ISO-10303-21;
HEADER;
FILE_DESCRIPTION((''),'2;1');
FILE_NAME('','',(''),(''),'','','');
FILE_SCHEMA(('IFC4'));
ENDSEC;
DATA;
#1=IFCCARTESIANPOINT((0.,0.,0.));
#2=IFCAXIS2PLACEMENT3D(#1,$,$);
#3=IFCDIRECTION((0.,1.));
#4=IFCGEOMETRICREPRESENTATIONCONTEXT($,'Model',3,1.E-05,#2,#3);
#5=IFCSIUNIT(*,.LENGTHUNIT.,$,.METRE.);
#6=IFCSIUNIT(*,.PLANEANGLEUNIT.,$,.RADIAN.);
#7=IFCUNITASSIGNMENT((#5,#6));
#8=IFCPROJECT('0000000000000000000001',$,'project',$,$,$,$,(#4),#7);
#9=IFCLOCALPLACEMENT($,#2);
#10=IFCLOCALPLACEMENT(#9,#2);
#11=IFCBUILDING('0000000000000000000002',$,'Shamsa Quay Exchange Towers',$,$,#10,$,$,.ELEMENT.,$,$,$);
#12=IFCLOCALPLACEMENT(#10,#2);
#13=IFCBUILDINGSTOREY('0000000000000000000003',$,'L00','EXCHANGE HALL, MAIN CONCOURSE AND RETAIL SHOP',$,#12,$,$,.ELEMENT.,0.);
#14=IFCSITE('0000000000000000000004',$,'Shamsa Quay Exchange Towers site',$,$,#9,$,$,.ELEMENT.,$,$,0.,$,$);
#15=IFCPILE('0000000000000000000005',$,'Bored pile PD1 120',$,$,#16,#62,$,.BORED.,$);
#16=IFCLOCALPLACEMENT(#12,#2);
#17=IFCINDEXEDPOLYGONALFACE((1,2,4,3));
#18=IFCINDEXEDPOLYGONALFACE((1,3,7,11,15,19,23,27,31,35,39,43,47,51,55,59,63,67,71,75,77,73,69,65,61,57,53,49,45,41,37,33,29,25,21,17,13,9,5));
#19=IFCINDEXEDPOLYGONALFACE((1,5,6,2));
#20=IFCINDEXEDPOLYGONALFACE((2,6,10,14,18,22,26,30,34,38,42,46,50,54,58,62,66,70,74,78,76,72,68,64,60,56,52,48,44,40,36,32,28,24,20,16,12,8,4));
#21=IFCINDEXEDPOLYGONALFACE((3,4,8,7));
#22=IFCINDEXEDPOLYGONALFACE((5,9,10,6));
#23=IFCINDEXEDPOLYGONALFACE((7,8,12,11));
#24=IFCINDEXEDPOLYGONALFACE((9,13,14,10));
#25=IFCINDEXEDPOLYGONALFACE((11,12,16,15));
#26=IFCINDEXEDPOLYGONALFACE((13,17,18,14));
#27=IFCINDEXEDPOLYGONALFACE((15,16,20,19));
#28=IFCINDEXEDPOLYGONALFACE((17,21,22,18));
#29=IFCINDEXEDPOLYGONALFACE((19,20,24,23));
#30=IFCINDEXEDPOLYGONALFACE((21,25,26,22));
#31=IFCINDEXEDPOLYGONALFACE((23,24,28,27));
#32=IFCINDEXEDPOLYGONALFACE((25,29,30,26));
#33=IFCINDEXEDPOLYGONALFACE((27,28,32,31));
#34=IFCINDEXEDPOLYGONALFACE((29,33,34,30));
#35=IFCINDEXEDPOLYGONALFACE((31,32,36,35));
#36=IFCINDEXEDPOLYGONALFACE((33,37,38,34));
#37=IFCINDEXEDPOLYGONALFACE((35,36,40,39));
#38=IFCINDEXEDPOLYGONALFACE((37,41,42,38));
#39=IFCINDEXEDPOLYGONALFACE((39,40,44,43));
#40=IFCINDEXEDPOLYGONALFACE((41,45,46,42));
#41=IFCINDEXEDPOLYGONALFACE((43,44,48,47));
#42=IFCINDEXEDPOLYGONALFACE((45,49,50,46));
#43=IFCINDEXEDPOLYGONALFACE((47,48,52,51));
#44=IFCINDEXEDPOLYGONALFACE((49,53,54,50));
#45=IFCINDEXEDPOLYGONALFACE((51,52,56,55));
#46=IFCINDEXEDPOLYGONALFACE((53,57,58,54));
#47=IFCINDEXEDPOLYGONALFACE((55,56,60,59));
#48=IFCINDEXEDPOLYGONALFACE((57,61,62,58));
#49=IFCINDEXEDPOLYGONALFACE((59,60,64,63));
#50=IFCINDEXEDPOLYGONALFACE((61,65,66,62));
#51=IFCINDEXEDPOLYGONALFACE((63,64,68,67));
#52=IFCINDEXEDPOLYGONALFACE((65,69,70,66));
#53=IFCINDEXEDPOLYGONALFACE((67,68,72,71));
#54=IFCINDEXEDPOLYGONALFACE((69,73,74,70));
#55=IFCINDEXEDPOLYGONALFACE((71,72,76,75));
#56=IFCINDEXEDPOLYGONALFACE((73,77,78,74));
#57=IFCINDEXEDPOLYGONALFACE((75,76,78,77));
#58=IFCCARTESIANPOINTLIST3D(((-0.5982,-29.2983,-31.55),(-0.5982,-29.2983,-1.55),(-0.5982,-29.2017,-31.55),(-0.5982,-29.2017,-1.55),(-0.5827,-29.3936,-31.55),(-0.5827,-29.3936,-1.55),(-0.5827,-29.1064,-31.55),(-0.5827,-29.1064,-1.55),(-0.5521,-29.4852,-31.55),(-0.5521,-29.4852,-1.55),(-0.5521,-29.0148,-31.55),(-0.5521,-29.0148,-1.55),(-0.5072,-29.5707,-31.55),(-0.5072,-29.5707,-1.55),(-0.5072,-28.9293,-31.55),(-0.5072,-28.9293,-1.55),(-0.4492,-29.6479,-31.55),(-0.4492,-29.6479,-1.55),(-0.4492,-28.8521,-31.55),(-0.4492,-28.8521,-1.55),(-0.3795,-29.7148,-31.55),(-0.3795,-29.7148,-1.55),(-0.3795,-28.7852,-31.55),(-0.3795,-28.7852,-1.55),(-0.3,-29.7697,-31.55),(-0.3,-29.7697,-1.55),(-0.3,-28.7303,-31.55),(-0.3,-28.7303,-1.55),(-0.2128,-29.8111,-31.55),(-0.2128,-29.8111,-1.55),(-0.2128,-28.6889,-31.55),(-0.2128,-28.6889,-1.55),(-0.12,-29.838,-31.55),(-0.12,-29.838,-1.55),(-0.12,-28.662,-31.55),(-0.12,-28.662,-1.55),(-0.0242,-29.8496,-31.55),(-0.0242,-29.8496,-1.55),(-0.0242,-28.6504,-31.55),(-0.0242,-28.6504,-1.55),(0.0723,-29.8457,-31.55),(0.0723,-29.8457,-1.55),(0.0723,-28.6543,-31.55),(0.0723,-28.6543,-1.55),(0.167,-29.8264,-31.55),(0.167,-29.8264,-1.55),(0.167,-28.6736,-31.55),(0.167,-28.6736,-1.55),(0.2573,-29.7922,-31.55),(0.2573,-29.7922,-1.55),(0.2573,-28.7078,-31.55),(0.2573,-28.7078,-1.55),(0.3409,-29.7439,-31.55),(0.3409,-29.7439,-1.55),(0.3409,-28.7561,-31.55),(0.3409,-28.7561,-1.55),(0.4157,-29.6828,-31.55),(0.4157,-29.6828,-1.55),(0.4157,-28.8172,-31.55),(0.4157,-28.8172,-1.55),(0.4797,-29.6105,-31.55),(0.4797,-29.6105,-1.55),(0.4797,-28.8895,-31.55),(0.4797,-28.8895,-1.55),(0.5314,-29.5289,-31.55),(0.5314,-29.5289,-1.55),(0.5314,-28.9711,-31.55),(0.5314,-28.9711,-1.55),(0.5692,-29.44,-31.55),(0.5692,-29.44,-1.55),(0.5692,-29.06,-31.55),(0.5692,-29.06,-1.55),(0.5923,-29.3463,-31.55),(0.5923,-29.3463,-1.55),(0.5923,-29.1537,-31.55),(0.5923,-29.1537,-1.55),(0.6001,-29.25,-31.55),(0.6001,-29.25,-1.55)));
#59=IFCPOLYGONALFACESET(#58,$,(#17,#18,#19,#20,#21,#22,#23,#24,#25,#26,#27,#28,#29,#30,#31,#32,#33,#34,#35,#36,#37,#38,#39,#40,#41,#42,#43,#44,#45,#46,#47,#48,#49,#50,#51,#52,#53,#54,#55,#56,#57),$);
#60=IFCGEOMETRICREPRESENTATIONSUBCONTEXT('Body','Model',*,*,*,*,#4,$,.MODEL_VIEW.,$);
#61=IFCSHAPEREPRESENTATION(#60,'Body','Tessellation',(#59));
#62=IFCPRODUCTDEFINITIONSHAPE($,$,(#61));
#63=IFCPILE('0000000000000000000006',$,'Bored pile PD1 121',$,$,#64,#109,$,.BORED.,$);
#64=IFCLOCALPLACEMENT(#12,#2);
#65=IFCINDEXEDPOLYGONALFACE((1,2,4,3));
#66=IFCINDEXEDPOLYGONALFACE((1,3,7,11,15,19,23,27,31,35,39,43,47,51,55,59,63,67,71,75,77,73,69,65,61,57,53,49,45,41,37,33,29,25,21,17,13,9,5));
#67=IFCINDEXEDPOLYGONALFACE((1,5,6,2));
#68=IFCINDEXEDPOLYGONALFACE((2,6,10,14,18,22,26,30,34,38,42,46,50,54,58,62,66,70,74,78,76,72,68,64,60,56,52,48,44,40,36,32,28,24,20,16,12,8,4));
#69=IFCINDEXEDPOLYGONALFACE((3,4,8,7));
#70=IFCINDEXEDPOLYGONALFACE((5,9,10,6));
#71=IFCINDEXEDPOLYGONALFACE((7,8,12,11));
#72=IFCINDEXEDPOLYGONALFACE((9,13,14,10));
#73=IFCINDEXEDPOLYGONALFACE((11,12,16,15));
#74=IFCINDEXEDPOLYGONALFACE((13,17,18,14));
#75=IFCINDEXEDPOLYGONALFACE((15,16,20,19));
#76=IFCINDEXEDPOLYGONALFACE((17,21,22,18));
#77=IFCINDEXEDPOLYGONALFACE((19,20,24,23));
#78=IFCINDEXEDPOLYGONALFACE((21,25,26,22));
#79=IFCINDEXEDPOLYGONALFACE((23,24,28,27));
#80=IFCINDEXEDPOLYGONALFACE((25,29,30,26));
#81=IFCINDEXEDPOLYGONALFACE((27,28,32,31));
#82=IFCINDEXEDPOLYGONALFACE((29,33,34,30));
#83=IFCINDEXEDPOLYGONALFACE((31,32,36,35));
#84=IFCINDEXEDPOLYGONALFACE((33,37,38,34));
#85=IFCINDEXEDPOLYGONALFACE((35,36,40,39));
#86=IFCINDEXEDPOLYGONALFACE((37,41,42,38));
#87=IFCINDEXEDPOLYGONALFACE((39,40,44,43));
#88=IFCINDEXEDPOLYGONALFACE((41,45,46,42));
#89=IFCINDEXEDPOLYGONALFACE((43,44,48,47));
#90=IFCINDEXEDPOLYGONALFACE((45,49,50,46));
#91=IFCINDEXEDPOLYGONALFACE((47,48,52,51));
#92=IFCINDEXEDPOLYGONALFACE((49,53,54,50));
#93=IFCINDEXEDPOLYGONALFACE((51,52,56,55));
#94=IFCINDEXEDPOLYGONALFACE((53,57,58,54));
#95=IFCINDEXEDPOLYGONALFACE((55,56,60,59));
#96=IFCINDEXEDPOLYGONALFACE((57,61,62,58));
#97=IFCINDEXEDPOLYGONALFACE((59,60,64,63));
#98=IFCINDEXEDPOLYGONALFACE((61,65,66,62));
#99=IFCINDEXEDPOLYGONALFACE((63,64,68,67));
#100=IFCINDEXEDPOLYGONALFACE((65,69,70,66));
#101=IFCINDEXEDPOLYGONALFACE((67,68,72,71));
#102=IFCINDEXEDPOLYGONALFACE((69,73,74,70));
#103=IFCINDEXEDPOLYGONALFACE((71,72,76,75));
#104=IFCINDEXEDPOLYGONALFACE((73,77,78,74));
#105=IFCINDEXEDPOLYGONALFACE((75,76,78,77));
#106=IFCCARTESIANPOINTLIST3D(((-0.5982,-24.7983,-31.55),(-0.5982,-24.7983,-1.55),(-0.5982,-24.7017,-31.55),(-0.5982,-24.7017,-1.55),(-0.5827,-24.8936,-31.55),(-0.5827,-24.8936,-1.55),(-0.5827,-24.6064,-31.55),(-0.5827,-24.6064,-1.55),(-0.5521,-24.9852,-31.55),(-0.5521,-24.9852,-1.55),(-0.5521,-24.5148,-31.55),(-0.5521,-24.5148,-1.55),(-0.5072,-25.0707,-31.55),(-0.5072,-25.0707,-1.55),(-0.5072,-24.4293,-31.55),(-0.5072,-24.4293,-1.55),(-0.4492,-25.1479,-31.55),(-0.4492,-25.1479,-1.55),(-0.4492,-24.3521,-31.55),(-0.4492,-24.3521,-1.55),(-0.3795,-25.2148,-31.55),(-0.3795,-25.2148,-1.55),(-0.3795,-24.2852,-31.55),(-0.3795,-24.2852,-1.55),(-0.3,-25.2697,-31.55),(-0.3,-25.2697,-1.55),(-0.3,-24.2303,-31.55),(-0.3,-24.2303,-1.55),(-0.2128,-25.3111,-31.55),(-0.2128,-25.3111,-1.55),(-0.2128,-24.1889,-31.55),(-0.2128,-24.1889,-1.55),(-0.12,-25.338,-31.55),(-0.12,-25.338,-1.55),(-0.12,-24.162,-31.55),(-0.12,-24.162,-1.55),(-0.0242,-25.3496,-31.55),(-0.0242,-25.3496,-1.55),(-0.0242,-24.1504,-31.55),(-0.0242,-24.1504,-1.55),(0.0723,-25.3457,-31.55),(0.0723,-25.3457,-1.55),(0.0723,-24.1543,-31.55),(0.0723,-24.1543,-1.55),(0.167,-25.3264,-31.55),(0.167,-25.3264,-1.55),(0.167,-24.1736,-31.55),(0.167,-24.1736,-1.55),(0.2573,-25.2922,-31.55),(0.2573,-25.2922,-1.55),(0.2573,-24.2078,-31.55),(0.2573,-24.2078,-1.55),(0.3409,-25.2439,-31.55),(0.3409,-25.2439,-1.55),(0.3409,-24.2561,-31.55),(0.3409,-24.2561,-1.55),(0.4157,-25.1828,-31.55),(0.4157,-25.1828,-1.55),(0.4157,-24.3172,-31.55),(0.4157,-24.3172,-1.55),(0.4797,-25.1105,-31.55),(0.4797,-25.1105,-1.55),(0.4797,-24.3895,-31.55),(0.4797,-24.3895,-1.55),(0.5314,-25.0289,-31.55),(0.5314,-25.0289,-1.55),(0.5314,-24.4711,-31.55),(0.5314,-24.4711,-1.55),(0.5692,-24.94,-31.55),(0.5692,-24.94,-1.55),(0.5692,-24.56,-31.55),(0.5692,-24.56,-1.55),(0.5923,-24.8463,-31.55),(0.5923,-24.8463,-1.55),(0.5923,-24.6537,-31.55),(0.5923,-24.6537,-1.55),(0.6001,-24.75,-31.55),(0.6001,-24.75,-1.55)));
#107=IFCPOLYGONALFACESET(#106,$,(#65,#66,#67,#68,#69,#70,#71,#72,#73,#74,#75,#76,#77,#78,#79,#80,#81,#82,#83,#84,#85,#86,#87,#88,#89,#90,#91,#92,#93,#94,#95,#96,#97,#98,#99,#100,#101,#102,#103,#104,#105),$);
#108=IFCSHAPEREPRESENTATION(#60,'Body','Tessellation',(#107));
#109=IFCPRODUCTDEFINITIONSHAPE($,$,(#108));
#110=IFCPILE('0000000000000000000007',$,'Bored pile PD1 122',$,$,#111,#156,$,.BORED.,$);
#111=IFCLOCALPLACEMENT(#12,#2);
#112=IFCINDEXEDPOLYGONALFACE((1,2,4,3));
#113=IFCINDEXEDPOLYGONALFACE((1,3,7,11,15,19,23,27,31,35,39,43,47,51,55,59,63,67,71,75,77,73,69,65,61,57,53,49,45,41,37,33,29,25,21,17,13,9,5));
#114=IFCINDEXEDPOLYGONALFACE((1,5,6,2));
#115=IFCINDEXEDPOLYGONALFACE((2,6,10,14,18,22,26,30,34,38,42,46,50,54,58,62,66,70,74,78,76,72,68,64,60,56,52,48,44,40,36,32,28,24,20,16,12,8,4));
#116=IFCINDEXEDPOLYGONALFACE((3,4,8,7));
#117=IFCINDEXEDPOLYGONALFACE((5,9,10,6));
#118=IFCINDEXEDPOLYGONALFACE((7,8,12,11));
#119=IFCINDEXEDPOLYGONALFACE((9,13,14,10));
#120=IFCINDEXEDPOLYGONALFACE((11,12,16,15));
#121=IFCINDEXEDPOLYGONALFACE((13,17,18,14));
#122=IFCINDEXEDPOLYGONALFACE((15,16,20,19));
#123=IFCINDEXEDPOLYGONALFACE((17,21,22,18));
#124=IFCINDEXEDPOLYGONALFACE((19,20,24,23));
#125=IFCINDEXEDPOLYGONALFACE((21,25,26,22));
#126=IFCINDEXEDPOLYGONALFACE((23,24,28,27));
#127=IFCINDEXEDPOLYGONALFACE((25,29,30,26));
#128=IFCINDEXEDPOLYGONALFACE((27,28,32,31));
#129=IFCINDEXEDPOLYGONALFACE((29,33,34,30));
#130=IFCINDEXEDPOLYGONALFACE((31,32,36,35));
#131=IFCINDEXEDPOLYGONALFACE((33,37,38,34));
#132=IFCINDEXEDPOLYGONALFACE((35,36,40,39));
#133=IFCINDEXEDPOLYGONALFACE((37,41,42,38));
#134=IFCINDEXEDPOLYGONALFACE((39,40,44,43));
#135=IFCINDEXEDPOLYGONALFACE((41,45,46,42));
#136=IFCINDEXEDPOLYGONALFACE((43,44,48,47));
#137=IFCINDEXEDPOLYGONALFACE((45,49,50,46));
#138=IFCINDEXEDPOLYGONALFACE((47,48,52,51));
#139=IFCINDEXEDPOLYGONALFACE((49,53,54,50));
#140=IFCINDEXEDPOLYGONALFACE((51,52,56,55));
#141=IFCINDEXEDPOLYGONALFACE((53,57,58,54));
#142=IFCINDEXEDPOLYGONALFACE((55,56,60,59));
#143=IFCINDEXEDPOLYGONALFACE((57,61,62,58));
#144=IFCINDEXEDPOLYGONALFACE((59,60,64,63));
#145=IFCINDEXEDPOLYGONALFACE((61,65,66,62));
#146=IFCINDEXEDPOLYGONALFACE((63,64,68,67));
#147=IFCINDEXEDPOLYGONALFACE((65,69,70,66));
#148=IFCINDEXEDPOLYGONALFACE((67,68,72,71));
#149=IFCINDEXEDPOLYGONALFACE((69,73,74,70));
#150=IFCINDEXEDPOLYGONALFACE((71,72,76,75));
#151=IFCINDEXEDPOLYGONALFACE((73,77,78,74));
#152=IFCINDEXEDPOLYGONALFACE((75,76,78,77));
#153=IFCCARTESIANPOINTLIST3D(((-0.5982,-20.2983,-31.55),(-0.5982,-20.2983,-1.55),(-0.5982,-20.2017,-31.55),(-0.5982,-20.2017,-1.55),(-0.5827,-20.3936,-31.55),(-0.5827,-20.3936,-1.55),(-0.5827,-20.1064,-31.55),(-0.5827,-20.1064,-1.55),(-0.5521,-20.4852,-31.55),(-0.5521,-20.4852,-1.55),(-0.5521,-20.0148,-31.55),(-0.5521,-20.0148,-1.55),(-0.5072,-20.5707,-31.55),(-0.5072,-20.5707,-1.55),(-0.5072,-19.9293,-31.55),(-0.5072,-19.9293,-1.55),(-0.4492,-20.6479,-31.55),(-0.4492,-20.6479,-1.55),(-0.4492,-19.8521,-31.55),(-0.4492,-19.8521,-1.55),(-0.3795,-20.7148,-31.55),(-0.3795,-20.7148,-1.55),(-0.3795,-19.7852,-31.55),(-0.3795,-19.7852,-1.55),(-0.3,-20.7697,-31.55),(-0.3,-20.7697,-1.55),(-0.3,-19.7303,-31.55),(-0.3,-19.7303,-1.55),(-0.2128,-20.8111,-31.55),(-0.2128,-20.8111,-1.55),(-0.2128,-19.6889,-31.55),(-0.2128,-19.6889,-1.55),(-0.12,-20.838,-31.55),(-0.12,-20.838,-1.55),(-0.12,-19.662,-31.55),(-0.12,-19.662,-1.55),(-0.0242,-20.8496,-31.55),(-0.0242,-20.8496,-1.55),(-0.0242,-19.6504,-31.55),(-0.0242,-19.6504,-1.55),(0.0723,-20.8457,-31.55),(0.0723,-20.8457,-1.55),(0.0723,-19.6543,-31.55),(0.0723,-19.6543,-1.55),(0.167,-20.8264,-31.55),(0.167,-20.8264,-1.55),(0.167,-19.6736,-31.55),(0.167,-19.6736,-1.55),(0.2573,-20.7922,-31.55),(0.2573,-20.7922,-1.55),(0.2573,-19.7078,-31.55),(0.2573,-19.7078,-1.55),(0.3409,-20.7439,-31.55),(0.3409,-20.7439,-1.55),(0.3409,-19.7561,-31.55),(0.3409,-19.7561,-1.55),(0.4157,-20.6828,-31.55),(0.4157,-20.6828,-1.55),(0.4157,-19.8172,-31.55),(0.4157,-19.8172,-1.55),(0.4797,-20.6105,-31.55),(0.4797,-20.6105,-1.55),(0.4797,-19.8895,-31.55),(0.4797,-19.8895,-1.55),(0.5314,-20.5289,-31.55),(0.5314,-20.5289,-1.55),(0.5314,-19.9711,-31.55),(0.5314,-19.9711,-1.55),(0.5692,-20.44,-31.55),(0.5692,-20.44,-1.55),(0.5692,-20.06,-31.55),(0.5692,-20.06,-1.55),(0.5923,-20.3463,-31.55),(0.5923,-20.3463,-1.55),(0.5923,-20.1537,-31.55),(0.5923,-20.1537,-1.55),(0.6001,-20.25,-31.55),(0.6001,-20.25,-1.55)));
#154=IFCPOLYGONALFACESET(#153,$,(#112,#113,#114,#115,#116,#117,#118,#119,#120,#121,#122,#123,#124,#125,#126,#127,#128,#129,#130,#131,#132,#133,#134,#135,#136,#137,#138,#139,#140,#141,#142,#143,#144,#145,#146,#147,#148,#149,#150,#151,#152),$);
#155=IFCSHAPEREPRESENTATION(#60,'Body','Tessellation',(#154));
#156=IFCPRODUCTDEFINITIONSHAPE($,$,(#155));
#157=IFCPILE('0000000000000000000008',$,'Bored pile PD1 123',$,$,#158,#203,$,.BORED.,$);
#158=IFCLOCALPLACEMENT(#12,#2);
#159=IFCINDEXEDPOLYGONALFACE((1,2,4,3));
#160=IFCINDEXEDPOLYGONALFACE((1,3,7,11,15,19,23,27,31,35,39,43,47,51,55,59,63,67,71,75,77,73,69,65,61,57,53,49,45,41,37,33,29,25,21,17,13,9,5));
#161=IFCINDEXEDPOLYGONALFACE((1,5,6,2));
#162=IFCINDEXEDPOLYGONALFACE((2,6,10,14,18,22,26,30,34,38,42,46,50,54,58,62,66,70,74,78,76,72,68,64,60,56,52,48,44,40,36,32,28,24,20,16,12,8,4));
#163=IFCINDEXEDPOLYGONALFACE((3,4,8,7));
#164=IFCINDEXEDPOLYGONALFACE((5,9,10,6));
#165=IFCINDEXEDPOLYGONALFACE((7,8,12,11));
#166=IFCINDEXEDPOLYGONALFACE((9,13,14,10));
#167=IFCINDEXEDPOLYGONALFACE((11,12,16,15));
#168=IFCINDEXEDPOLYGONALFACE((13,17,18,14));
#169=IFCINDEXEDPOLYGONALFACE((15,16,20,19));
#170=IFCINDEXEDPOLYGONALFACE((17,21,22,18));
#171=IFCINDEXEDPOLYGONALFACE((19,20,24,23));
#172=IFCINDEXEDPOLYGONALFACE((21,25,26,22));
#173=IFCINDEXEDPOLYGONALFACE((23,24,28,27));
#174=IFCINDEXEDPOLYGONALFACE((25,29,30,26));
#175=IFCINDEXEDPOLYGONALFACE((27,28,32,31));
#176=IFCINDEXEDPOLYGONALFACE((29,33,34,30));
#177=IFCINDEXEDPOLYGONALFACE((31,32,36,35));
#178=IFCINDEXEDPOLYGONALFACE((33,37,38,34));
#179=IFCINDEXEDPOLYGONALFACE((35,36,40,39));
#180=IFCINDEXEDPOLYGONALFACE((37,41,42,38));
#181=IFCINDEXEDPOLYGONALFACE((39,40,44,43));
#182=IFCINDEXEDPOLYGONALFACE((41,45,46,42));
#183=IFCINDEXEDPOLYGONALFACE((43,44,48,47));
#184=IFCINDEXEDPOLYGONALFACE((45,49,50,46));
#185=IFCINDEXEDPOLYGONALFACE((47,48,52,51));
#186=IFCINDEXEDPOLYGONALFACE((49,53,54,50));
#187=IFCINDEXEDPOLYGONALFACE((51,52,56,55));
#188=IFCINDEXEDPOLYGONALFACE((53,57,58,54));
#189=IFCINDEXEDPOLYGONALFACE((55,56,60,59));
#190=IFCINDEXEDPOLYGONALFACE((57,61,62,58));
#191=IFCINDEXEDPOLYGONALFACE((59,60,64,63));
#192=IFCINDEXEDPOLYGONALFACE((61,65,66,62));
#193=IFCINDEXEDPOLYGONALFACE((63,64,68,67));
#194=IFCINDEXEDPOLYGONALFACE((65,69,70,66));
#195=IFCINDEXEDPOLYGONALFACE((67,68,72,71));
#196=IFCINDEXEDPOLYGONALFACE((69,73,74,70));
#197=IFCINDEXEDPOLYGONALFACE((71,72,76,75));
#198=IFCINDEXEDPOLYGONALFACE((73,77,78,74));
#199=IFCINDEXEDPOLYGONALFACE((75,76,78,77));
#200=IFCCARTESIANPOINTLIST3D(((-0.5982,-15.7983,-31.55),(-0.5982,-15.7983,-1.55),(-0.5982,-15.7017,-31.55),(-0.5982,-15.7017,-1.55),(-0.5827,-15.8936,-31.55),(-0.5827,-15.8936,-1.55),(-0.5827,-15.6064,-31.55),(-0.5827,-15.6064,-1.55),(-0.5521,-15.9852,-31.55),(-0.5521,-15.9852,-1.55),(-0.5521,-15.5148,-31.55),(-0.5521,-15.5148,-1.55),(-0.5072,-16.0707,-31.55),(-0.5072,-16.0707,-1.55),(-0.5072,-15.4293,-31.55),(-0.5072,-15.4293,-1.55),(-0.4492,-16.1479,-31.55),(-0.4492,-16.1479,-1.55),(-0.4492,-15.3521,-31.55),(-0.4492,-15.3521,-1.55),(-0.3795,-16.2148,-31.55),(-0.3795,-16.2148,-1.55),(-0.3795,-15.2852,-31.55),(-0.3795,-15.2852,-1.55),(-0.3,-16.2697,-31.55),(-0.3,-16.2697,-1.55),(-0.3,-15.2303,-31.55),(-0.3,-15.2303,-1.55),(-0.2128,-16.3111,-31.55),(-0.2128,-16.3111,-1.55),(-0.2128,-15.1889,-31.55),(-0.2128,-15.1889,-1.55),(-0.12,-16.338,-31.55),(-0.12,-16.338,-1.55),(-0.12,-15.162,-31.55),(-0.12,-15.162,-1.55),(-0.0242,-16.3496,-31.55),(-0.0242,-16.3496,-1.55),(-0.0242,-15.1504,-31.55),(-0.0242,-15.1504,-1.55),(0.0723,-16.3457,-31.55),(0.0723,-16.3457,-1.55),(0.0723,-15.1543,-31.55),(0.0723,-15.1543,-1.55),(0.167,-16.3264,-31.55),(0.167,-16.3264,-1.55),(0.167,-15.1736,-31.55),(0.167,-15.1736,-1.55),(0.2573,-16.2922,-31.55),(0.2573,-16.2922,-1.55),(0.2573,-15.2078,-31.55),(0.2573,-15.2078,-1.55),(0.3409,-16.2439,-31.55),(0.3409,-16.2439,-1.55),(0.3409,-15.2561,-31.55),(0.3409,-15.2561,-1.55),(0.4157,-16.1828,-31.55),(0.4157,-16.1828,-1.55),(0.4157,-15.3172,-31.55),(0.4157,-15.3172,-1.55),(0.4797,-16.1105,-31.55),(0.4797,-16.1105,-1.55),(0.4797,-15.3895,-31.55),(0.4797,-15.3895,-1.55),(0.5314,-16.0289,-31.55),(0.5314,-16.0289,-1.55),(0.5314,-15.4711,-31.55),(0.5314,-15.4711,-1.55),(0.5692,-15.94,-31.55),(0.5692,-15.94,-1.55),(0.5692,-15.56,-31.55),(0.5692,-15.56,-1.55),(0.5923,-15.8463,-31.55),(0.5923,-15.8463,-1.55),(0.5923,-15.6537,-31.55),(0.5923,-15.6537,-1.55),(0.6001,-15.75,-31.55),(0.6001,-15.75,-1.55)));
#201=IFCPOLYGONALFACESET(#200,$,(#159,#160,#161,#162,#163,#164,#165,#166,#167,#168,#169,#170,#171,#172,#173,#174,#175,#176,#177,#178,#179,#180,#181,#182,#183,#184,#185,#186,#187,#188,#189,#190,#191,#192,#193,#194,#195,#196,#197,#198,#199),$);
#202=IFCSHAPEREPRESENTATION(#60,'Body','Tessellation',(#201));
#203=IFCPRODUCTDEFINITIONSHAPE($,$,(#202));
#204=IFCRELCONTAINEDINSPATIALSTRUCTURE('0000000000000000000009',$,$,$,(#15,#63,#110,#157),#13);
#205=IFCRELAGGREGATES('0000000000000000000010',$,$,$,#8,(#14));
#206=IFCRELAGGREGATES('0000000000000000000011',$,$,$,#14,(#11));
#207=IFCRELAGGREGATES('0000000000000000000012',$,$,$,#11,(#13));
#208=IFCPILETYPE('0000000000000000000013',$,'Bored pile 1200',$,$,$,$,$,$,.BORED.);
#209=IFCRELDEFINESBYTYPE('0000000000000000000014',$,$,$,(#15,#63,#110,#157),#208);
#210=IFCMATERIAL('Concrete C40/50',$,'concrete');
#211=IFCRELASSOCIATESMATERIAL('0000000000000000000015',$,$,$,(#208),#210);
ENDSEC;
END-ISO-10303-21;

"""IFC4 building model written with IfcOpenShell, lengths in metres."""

from ifc_helpers import new_model, si_unit, direction, frame, origin, origin_2d, place, context, subcontext, project, spatial, circle, extrude, material, material_profile, profile_set, type_object, element, save


model = new_model("IFC4")

# Units and contexts
model_context = context("Model", 3, precision=1e-05, world=origin(), true_north=direction((0.0, 1.0)))
body_context = subcontext(model_context, "Body", "Model", "MODEL_VIEW")
ifc_project = project(units=[si_unit("LENGTHUNIT", "METRE"), si_unit("PLANEANGLEUNIT", "RADIAN")], contexts=[model_context])

# Site, building, storey
site_placement = place(None, origin())
site = spatial("IfcSite", under=ifc_project, at=site_placement, Name="Shamsa Quay Exchange Towers site", CompositionType="ELEMENT", RefElevation=0.0)
building_placement = place(site_placement, origin())
building = spatial("IfcBuilding", under=site, at=building_placement, Name="Shamsa Quay Exchange Towers", CompositionType="ELEMENT")
storey_placement = place(building_placement, origin())
storey = spatial("IfcBuildingStorey", under=building, at=storey_placement, Name="L00", Description="EXCHANGE HALL, MAIN CONCOURSE AND RETAIL SHOP", CompositionType="ELEMENT", Elevation=0.0)

# Piles
ifc_material_1 = material(Name="Concrete C40/50", Category="concrete")
ifc_material_profile_1 = material_profile(ifc_material_1, circle(Radius=0.6001, at=origin_2d()), Name="BP1200")
ifc_profile_set_1 = profile_set([ifc_material_profile_1], Name="Concrete C40/50")
pile_type = type_object("IfcPileType", Name="Bored pile 1200", PredefinedType="BORED", material=ifc_profile_set_1)
for number, where, z_axis, x_axis, name in (
    (1, (0.0, -29.25, -1.55), (0.0, 0.0, -1.0), (1.0, 0.0, 0.0), "Bored pile PD1 120"),
    (2, (0.0, -24.75, -1.55), (0.0, 0.0, -1.0), (1.0, 0.0, 0.0), "Bored pile PD1 121"),
    (3, (0.0, -20.25, -1.55), (0.0, 0.0, -1.0), (1.0, 0.0, 0.0), "Bored pile PD1 122"),
    (4, (0.0, -15.75, -1.55), (0.0, 0.0, -1.0), (1.0, 0.0, 0.0), "Bored pile PD1 123"),
):
    element("IfcPile", number, at=place(storey_placement, frame(where, z_axis=z_axis, x_axis=x_axis)), inside=storey, type_object=pile_type, Name=name, PredefinedType="BORED", context=body_context, shape_type="SweptSolid", body=[
        extrude(circle(Radius=0.6001, at=origin_2d()), origin(), (0.0, 0.0, 1.0), 30.0),
    ])

save(model, "model.ifc")
